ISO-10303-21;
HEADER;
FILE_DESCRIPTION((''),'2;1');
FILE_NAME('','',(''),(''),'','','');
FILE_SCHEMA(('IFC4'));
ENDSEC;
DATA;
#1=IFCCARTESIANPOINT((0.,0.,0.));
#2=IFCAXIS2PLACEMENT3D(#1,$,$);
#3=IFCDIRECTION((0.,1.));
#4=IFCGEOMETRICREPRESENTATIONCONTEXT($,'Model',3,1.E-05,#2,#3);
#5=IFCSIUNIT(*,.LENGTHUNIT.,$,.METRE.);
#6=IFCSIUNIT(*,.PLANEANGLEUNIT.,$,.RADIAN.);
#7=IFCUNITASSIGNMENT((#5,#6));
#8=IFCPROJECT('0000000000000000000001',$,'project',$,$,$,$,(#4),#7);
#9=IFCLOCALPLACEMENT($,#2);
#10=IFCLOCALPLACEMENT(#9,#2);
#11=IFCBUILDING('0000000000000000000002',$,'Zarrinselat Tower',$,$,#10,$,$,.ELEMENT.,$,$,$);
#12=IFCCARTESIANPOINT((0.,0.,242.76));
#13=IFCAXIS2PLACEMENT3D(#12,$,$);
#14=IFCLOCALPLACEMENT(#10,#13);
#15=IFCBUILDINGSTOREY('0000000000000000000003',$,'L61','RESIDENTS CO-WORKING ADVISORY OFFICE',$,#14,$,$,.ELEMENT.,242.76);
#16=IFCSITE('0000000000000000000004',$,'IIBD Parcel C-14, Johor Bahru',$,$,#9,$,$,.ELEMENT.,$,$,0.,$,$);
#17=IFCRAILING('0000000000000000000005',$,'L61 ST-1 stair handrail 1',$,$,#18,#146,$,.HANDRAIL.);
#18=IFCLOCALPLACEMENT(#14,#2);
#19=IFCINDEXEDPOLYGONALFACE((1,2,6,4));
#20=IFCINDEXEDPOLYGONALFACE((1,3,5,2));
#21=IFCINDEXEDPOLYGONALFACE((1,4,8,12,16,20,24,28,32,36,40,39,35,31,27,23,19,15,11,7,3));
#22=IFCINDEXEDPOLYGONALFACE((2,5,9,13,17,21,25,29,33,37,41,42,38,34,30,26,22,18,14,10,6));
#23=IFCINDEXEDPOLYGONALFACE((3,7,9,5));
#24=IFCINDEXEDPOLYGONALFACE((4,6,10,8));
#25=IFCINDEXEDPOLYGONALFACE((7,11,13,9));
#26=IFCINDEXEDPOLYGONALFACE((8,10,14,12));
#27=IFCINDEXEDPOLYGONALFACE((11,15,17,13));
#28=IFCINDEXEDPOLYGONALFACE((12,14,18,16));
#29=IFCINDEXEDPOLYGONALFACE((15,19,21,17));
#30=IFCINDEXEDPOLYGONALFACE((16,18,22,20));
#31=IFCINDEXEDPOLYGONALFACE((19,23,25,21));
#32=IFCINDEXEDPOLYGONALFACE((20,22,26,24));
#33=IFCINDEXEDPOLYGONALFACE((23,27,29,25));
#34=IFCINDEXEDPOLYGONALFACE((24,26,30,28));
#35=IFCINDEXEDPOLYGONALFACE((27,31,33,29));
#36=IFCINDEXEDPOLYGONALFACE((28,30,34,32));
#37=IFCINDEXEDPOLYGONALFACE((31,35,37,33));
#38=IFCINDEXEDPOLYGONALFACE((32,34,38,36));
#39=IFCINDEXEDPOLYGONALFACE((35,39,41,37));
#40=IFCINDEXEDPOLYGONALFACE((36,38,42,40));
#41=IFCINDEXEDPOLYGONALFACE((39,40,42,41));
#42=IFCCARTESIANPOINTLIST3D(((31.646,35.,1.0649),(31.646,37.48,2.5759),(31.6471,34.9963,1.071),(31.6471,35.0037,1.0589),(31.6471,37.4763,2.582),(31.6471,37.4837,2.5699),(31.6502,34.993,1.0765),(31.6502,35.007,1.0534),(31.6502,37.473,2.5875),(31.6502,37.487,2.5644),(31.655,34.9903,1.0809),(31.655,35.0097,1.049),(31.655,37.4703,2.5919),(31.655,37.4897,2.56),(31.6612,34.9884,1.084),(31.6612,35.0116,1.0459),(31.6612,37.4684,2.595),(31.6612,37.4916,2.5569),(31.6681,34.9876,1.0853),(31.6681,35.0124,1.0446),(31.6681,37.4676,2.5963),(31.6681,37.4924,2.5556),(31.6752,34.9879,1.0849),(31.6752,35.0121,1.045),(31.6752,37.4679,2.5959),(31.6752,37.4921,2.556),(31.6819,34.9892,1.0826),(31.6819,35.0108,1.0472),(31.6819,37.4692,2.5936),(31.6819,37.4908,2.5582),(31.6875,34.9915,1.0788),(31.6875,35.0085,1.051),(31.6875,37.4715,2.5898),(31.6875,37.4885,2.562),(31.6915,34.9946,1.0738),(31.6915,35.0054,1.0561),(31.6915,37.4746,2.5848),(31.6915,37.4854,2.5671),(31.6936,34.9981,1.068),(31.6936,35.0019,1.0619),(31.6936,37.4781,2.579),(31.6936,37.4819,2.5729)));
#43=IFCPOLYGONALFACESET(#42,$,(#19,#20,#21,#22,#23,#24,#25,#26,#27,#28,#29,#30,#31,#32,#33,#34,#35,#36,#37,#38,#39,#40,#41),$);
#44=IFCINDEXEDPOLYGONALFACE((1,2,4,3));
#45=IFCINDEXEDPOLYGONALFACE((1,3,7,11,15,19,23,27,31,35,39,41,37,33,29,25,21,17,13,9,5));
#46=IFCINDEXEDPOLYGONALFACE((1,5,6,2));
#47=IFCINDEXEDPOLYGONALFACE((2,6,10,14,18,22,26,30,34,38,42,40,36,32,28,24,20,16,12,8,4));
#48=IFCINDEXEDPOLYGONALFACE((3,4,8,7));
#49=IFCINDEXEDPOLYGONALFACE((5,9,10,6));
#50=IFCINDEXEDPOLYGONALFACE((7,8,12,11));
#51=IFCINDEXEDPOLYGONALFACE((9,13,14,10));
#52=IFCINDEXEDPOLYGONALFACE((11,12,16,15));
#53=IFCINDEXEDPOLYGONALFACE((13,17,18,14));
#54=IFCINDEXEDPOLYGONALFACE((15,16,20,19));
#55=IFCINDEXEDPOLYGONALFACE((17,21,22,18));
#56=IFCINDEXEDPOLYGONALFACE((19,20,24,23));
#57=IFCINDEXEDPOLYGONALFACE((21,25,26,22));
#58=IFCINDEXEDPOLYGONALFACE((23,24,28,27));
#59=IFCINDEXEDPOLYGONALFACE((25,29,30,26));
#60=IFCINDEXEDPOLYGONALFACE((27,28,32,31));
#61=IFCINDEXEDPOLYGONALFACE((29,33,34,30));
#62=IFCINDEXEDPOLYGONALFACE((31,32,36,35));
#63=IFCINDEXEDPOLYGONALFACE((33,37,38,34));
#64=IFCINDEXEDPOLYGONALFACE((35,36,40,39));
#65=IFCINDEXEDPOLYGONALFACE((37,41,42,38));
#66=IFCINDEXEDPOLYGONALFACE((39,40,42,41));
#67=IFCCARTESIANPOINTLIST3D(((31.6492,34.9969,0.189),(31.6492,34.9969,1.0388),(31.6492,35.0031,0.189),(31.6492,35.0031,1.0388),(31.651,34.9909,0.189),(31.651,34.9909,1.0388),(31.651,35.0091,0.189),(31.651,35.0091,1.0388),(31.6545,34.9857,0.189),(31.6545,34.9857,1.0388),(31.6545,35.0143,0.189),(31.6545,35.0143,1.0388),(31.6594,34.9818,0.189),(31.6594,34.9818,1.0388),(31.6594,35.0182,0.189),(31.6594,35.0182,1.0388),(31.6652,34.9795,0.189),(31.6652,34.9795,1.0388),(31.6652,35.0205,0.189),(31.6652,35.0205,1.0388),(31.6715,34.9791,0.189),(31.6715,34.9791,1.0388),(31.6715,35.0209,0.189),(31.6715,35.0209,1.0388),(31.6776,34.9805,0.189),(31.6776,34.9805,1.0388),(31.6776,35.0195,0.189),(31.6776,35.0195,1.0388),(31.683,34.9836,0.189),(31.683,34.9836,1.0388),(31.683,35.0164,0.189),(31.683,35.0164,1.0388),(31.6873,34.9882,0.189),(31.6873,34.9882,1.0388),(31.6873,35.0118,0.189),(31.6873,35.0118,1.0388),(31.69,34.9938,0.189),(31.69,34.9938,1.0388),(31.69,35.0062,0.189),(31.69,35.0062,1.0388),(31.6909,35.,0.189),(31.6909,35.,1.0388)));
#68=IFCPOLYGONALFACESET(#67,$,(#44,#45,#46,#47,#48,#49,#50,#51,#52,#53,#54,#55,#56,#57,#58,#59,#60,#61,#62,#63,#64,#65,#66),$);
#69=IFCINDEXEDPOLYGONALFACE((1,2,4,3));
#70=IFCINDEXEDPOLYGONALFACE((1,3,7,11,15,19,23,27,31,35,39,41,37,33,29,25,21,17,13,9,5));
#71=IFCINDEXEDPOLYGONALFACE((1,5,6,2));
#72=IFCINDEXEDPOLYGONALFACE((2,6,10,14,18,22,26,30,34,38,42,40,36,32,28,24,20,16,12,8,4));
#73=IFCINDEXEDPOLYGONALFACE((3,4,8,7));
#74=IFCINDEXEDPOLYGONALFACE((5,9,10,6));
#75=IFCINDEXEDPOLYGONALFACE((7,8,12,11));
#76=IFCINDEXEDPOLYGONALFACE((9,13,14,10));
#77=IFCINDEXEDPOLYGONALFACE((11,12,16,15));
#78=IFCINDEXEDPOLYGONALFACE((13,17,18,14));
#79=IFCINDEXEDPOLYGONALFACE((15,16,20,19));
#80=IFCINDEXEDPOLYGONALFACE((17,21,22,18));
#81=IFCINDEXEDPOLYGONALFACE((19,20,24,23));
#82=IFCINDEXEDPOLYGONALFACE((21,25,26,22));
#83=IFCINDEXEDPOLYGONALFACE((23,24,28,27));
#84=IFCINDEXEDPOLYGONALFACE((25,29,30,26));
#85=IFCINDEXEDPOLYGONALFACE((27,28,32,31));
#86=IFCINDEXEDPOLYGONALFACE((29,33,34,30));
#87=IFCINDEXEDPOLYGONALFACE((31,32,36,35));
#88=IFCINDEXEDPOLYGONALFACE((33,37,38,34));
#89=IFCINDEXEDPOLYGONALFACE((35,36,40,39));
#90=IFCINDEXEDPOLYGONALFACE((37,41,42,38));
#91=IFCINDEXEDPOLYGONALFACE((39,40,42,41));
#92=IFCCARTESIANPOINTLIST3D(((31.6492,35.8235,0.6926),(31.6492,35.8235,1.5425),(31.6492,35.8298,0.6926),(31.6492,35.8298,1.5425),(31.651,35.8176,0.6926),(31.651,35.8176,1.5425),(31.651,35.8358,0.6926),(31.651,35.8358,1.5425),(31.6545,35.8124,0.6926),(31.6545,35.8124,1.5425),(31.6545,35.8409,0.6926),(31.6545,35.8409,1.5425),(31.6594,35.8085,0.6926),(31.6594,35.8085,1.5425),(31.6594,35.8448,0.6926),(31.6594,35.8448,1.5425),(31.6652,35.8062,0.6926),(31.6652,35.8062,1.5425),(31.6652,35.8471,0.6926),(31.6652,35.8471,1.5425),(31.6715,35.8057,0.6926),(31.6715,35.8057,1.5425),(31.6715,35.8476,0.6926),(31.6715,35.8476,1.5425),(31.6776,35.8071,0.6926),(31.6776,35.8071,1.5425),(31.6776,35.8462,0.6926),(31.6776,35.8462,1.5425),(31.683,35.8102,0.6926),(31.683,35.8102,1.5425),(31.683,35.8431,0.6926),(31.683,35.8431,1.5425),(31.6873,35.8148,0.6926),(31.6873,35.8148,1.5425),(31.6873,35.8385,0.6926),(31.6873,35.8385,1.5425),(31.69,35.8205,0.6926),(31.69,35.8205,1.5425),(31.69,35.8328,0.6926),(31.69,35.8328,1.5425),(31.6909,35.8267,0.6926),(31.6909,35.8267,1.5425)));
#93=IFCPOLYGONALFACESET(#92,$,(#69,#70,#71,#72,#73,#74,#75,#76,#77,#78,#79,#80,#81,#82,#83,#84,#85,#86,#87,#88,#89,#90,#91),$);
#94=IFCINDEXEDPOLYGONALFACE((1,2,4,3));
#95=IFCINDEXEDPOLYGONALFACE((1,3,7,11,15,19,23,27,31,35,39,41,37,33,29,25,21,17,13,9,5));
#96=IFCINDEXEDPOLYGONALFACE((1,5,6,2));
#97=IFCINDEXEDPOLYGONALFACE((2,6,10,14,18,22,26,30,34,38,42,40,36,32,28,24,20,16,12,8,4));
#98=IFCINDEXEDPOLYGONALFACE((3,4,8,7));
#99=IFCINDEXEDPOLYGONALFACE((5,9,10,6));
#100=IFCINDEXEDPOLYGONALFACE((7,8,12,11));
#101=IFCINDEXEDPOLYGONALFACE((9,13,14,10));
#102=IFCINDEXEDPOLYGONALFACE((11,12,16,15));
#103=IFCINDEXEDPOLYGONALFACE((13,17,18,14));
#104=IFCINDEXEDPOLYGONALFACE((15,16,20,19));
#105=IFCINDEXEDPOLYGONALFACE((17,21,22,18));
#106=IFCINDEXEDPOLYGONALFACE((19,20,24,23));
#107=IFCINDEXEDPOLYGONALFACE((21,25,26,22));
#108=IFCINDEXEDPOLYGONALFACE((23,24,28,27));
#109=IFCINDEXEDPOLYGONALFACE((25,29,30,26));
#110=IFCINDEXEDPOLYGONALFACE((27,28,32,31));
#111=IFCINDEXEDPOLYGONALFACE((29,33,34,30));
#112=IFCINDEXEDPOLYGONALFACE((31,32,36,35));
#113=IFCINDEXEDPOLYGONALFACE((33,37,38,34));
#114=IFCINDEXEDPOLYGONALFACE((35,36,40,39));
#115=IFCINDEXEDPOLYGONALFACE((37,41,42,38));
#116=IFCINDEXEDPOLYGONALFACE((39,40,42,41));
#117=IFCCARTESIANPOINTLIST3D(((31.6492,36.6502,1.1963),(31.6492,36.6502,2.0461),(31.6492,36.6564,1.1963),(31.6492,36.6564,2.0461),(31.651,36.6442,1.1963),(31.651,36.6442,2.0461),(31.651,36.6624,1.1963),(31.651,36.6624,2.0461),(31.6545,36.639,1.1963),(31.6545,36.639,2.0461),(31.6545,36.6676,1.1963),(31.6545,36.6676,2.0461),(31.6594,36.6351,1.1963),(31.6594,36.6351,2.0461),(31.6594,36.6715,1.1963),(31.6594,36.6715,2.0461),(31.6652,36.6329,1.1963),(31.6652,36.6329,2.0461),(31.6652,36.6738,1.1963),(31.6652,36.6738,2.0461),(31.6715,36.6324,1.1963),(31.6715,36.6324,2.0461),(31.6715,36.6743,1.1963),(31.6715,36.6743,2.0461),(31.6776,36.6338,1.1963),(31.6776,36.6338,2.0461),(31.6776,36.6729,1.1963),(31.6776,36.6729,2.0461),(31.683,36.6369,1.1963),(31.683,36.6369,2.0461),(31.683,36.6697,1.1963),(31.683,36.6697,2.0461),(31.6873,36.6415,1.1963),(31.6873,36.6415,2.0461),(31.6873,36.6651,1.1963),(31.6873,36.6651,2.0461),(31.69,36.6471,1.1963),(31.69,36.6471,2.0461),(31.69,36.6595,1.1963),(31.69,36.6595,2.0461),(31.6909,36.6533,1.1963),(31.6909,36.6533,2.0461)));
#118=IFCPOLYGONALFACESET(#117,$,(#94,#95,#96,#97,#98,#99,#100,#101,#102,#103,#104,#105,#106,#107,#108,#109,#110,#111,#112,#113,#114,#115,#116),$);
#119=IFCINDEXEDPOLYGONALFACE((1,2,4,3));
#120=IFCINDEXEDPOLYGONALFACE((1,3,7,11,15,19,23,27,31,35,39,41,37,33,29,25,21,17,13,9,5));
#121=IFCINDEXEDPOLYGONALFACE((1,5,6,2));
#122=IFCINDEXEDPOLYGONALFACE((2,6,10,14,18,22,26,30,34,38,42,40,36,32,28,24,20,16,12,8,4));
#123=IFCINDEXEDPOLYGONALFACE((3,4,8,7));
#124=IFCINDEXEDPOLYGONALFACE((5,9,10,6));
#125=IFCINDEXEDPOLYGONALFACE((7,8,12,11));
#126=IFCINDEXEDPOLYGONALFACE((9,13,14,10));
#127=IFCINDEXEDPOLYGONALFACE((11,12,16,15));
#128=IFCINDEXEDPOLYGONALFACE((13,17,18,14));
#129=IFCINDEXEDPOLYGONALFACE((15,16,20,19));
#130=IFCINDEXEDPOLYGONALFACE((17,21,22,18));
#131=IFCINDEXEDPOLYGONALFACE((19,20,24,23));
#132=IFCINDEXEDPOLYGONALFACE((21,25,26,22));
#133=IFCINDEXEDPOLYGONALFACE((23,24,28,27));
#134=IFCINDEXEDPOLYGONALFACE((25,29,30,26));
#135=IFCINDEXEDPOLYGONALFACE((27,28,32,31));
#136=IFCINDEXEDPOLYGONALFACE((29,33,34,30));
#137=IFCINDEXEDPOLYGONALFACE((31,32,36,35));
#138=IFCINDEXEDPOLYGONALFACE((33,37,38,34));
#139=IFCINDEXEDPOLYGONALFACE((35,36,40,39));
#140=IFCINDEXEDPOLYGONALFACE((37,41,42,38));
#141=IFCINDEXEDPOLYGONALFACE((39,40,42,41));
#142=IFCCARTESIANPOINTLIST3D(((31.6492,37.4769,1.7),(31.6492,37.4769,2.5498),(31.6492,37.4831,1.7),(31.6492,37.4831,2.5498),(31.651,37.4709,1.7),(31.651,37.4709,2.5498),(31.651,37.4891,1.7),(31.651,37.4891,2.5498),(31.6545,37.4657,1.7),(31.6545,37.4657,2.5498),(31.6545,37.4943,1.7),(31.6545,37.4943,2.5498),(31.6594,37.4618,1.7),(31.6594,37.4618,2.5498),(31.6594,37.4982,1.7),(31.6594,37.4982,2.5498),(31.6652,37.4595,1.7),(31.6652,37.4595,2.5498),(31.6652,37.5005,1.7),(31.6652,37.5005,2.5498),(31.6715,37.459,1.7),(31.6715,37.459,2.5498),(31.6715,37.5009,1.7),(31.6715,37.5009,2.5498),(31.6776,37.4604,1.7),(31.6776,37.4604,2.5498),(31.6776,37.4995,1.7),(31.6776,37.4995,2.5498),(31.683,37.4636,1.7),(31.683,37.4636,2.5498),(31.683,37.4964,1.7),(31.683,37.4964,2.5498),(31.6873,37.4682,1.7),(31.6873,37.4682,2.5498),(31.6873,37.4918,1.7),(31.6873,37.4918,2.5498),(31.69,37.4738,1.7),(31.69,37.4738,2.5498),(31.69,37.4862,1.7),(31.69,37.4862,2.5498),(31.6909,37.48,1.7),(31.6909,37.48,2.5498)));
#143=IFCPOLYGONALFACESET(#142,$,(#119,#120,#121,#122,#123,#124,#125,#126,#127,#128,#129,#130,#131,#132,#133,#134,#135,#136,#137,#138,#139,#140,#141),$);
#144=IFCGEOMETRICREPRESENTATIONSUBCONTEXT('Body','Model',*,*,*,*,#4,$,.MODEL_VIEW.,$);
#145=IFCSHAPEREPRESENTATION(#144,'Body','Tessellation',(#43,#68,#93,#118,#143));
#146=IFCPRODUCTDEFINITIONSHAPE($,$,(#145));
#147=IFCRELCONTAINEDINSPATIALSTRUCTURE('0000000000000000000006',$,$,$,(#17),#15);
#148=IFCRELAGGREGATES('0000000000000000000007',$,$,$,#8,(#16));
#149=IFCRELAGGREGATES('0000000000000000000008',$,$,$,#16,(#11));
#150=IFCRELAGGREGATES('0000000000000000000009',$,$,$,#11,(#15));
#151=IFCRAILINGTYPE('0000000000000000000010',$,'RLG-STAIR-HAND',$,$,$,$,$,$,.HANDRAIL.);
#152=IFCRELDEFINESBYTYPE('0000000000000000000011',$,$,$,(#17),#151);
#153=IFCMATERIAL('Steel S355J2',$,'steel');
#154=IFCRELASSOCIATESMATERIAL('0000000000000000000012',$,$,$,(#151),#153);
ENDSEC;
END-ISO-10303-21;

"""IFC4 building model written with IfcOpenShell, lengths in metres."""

from ifc_helpers import new_model, si_unit, direction, frame, origin, origin_2d, place, context, subcontext, project, spatial, circle, extrude, material, type_object, element, save


model = new_model("IFC4")

# Units and contexts
model_context = context("Model", 3, precision=1e-05, world=origin(), true_north=direction((0.0, 1.0)))
body_context = subcontext(model_context, "Body", "Model", "MODEL_VIEW")
ifc_project = project(units=[si_unit("LENGTHUNIT", "METRE"), si_unit("PLANEANGLEUNIT", "RADIAN")], contexts=[model_context])

# Site, building, storey
site_placement = place(None, origin())
site = spatial("IfcSite", under=ifc_project, at=site_placement, Name="IIBD Parcel C-14, Johor Bahru", CompositionType="ELEMENT", RefElevation=0.0)
building_placement = place(site_placement, origin())
building = spatial("IfcBuilding", under=site, at=building_placement, Name="Zarrinselat Tower", CompositionType="ELEMENT")
storey_placement = place(building_placement, frame((0.0, 0.0, 242.76)))
storey = spatial("IfcBuildingStorey", under=building, at=storey_placement, Name="L61", Description="RESIDENTS CO-WORKING ADVISORY OFFICE", CompositionType="ELEMENT", Elevation=242.76)

# Railing
ifc_material_1 = material(Name="Steel S355J2", Category="steel")
railing_type_1 = type_object("IfcRailingType", Name="RLG-STAIR-HAND", PredefinedType="HANDRAIL", material=ifc_material_1)
railing_1_placement = place(storey_placement, frame((31.6699, 35.0, 0.189)))
element("IfcRailing", 1, at=railing_1_placement, inside=storey, type_object=railing_type_1, Name="L61 ST-1 stair handrail 1", PredefinedType="HANDRAIL", context=body_context, shape_type="SweptSolid", body=[
    extrude(circle(Radius=0.0239, at=origin_2d()), frame((0.0, 0.0, 0.876), z_axis=(0.0, 0.853979, 0.520307), x_axis=(-1.0, 0.0, 0.0)), (0.0, 0.0, 1.0), 2.9041),
    extrude(circle(Radius=0.021, at=origin_2d()), origin(), (0.0, 0.0, 1.0), 0.8499),
    extrude(circle(Radius=0.021, at=origin_2d()), frame((0.0, 0.8267, 0.5037)), (0.0, 0.0, 1.0), 0.8499),
    extrude(circle(Radius=0.021, at=origin_2d()), frame((0.0, 1.6533, 1.0073)), (0.0, 0.0, 1.0), 0.8499),
    extrude(circle(Radius=0.021, at=origin_2d()), frame((0.0, 2.48, 1.511)), (0.0, 0.0, 1.0), 0.8499),
])

save(model, "model.ifc")
